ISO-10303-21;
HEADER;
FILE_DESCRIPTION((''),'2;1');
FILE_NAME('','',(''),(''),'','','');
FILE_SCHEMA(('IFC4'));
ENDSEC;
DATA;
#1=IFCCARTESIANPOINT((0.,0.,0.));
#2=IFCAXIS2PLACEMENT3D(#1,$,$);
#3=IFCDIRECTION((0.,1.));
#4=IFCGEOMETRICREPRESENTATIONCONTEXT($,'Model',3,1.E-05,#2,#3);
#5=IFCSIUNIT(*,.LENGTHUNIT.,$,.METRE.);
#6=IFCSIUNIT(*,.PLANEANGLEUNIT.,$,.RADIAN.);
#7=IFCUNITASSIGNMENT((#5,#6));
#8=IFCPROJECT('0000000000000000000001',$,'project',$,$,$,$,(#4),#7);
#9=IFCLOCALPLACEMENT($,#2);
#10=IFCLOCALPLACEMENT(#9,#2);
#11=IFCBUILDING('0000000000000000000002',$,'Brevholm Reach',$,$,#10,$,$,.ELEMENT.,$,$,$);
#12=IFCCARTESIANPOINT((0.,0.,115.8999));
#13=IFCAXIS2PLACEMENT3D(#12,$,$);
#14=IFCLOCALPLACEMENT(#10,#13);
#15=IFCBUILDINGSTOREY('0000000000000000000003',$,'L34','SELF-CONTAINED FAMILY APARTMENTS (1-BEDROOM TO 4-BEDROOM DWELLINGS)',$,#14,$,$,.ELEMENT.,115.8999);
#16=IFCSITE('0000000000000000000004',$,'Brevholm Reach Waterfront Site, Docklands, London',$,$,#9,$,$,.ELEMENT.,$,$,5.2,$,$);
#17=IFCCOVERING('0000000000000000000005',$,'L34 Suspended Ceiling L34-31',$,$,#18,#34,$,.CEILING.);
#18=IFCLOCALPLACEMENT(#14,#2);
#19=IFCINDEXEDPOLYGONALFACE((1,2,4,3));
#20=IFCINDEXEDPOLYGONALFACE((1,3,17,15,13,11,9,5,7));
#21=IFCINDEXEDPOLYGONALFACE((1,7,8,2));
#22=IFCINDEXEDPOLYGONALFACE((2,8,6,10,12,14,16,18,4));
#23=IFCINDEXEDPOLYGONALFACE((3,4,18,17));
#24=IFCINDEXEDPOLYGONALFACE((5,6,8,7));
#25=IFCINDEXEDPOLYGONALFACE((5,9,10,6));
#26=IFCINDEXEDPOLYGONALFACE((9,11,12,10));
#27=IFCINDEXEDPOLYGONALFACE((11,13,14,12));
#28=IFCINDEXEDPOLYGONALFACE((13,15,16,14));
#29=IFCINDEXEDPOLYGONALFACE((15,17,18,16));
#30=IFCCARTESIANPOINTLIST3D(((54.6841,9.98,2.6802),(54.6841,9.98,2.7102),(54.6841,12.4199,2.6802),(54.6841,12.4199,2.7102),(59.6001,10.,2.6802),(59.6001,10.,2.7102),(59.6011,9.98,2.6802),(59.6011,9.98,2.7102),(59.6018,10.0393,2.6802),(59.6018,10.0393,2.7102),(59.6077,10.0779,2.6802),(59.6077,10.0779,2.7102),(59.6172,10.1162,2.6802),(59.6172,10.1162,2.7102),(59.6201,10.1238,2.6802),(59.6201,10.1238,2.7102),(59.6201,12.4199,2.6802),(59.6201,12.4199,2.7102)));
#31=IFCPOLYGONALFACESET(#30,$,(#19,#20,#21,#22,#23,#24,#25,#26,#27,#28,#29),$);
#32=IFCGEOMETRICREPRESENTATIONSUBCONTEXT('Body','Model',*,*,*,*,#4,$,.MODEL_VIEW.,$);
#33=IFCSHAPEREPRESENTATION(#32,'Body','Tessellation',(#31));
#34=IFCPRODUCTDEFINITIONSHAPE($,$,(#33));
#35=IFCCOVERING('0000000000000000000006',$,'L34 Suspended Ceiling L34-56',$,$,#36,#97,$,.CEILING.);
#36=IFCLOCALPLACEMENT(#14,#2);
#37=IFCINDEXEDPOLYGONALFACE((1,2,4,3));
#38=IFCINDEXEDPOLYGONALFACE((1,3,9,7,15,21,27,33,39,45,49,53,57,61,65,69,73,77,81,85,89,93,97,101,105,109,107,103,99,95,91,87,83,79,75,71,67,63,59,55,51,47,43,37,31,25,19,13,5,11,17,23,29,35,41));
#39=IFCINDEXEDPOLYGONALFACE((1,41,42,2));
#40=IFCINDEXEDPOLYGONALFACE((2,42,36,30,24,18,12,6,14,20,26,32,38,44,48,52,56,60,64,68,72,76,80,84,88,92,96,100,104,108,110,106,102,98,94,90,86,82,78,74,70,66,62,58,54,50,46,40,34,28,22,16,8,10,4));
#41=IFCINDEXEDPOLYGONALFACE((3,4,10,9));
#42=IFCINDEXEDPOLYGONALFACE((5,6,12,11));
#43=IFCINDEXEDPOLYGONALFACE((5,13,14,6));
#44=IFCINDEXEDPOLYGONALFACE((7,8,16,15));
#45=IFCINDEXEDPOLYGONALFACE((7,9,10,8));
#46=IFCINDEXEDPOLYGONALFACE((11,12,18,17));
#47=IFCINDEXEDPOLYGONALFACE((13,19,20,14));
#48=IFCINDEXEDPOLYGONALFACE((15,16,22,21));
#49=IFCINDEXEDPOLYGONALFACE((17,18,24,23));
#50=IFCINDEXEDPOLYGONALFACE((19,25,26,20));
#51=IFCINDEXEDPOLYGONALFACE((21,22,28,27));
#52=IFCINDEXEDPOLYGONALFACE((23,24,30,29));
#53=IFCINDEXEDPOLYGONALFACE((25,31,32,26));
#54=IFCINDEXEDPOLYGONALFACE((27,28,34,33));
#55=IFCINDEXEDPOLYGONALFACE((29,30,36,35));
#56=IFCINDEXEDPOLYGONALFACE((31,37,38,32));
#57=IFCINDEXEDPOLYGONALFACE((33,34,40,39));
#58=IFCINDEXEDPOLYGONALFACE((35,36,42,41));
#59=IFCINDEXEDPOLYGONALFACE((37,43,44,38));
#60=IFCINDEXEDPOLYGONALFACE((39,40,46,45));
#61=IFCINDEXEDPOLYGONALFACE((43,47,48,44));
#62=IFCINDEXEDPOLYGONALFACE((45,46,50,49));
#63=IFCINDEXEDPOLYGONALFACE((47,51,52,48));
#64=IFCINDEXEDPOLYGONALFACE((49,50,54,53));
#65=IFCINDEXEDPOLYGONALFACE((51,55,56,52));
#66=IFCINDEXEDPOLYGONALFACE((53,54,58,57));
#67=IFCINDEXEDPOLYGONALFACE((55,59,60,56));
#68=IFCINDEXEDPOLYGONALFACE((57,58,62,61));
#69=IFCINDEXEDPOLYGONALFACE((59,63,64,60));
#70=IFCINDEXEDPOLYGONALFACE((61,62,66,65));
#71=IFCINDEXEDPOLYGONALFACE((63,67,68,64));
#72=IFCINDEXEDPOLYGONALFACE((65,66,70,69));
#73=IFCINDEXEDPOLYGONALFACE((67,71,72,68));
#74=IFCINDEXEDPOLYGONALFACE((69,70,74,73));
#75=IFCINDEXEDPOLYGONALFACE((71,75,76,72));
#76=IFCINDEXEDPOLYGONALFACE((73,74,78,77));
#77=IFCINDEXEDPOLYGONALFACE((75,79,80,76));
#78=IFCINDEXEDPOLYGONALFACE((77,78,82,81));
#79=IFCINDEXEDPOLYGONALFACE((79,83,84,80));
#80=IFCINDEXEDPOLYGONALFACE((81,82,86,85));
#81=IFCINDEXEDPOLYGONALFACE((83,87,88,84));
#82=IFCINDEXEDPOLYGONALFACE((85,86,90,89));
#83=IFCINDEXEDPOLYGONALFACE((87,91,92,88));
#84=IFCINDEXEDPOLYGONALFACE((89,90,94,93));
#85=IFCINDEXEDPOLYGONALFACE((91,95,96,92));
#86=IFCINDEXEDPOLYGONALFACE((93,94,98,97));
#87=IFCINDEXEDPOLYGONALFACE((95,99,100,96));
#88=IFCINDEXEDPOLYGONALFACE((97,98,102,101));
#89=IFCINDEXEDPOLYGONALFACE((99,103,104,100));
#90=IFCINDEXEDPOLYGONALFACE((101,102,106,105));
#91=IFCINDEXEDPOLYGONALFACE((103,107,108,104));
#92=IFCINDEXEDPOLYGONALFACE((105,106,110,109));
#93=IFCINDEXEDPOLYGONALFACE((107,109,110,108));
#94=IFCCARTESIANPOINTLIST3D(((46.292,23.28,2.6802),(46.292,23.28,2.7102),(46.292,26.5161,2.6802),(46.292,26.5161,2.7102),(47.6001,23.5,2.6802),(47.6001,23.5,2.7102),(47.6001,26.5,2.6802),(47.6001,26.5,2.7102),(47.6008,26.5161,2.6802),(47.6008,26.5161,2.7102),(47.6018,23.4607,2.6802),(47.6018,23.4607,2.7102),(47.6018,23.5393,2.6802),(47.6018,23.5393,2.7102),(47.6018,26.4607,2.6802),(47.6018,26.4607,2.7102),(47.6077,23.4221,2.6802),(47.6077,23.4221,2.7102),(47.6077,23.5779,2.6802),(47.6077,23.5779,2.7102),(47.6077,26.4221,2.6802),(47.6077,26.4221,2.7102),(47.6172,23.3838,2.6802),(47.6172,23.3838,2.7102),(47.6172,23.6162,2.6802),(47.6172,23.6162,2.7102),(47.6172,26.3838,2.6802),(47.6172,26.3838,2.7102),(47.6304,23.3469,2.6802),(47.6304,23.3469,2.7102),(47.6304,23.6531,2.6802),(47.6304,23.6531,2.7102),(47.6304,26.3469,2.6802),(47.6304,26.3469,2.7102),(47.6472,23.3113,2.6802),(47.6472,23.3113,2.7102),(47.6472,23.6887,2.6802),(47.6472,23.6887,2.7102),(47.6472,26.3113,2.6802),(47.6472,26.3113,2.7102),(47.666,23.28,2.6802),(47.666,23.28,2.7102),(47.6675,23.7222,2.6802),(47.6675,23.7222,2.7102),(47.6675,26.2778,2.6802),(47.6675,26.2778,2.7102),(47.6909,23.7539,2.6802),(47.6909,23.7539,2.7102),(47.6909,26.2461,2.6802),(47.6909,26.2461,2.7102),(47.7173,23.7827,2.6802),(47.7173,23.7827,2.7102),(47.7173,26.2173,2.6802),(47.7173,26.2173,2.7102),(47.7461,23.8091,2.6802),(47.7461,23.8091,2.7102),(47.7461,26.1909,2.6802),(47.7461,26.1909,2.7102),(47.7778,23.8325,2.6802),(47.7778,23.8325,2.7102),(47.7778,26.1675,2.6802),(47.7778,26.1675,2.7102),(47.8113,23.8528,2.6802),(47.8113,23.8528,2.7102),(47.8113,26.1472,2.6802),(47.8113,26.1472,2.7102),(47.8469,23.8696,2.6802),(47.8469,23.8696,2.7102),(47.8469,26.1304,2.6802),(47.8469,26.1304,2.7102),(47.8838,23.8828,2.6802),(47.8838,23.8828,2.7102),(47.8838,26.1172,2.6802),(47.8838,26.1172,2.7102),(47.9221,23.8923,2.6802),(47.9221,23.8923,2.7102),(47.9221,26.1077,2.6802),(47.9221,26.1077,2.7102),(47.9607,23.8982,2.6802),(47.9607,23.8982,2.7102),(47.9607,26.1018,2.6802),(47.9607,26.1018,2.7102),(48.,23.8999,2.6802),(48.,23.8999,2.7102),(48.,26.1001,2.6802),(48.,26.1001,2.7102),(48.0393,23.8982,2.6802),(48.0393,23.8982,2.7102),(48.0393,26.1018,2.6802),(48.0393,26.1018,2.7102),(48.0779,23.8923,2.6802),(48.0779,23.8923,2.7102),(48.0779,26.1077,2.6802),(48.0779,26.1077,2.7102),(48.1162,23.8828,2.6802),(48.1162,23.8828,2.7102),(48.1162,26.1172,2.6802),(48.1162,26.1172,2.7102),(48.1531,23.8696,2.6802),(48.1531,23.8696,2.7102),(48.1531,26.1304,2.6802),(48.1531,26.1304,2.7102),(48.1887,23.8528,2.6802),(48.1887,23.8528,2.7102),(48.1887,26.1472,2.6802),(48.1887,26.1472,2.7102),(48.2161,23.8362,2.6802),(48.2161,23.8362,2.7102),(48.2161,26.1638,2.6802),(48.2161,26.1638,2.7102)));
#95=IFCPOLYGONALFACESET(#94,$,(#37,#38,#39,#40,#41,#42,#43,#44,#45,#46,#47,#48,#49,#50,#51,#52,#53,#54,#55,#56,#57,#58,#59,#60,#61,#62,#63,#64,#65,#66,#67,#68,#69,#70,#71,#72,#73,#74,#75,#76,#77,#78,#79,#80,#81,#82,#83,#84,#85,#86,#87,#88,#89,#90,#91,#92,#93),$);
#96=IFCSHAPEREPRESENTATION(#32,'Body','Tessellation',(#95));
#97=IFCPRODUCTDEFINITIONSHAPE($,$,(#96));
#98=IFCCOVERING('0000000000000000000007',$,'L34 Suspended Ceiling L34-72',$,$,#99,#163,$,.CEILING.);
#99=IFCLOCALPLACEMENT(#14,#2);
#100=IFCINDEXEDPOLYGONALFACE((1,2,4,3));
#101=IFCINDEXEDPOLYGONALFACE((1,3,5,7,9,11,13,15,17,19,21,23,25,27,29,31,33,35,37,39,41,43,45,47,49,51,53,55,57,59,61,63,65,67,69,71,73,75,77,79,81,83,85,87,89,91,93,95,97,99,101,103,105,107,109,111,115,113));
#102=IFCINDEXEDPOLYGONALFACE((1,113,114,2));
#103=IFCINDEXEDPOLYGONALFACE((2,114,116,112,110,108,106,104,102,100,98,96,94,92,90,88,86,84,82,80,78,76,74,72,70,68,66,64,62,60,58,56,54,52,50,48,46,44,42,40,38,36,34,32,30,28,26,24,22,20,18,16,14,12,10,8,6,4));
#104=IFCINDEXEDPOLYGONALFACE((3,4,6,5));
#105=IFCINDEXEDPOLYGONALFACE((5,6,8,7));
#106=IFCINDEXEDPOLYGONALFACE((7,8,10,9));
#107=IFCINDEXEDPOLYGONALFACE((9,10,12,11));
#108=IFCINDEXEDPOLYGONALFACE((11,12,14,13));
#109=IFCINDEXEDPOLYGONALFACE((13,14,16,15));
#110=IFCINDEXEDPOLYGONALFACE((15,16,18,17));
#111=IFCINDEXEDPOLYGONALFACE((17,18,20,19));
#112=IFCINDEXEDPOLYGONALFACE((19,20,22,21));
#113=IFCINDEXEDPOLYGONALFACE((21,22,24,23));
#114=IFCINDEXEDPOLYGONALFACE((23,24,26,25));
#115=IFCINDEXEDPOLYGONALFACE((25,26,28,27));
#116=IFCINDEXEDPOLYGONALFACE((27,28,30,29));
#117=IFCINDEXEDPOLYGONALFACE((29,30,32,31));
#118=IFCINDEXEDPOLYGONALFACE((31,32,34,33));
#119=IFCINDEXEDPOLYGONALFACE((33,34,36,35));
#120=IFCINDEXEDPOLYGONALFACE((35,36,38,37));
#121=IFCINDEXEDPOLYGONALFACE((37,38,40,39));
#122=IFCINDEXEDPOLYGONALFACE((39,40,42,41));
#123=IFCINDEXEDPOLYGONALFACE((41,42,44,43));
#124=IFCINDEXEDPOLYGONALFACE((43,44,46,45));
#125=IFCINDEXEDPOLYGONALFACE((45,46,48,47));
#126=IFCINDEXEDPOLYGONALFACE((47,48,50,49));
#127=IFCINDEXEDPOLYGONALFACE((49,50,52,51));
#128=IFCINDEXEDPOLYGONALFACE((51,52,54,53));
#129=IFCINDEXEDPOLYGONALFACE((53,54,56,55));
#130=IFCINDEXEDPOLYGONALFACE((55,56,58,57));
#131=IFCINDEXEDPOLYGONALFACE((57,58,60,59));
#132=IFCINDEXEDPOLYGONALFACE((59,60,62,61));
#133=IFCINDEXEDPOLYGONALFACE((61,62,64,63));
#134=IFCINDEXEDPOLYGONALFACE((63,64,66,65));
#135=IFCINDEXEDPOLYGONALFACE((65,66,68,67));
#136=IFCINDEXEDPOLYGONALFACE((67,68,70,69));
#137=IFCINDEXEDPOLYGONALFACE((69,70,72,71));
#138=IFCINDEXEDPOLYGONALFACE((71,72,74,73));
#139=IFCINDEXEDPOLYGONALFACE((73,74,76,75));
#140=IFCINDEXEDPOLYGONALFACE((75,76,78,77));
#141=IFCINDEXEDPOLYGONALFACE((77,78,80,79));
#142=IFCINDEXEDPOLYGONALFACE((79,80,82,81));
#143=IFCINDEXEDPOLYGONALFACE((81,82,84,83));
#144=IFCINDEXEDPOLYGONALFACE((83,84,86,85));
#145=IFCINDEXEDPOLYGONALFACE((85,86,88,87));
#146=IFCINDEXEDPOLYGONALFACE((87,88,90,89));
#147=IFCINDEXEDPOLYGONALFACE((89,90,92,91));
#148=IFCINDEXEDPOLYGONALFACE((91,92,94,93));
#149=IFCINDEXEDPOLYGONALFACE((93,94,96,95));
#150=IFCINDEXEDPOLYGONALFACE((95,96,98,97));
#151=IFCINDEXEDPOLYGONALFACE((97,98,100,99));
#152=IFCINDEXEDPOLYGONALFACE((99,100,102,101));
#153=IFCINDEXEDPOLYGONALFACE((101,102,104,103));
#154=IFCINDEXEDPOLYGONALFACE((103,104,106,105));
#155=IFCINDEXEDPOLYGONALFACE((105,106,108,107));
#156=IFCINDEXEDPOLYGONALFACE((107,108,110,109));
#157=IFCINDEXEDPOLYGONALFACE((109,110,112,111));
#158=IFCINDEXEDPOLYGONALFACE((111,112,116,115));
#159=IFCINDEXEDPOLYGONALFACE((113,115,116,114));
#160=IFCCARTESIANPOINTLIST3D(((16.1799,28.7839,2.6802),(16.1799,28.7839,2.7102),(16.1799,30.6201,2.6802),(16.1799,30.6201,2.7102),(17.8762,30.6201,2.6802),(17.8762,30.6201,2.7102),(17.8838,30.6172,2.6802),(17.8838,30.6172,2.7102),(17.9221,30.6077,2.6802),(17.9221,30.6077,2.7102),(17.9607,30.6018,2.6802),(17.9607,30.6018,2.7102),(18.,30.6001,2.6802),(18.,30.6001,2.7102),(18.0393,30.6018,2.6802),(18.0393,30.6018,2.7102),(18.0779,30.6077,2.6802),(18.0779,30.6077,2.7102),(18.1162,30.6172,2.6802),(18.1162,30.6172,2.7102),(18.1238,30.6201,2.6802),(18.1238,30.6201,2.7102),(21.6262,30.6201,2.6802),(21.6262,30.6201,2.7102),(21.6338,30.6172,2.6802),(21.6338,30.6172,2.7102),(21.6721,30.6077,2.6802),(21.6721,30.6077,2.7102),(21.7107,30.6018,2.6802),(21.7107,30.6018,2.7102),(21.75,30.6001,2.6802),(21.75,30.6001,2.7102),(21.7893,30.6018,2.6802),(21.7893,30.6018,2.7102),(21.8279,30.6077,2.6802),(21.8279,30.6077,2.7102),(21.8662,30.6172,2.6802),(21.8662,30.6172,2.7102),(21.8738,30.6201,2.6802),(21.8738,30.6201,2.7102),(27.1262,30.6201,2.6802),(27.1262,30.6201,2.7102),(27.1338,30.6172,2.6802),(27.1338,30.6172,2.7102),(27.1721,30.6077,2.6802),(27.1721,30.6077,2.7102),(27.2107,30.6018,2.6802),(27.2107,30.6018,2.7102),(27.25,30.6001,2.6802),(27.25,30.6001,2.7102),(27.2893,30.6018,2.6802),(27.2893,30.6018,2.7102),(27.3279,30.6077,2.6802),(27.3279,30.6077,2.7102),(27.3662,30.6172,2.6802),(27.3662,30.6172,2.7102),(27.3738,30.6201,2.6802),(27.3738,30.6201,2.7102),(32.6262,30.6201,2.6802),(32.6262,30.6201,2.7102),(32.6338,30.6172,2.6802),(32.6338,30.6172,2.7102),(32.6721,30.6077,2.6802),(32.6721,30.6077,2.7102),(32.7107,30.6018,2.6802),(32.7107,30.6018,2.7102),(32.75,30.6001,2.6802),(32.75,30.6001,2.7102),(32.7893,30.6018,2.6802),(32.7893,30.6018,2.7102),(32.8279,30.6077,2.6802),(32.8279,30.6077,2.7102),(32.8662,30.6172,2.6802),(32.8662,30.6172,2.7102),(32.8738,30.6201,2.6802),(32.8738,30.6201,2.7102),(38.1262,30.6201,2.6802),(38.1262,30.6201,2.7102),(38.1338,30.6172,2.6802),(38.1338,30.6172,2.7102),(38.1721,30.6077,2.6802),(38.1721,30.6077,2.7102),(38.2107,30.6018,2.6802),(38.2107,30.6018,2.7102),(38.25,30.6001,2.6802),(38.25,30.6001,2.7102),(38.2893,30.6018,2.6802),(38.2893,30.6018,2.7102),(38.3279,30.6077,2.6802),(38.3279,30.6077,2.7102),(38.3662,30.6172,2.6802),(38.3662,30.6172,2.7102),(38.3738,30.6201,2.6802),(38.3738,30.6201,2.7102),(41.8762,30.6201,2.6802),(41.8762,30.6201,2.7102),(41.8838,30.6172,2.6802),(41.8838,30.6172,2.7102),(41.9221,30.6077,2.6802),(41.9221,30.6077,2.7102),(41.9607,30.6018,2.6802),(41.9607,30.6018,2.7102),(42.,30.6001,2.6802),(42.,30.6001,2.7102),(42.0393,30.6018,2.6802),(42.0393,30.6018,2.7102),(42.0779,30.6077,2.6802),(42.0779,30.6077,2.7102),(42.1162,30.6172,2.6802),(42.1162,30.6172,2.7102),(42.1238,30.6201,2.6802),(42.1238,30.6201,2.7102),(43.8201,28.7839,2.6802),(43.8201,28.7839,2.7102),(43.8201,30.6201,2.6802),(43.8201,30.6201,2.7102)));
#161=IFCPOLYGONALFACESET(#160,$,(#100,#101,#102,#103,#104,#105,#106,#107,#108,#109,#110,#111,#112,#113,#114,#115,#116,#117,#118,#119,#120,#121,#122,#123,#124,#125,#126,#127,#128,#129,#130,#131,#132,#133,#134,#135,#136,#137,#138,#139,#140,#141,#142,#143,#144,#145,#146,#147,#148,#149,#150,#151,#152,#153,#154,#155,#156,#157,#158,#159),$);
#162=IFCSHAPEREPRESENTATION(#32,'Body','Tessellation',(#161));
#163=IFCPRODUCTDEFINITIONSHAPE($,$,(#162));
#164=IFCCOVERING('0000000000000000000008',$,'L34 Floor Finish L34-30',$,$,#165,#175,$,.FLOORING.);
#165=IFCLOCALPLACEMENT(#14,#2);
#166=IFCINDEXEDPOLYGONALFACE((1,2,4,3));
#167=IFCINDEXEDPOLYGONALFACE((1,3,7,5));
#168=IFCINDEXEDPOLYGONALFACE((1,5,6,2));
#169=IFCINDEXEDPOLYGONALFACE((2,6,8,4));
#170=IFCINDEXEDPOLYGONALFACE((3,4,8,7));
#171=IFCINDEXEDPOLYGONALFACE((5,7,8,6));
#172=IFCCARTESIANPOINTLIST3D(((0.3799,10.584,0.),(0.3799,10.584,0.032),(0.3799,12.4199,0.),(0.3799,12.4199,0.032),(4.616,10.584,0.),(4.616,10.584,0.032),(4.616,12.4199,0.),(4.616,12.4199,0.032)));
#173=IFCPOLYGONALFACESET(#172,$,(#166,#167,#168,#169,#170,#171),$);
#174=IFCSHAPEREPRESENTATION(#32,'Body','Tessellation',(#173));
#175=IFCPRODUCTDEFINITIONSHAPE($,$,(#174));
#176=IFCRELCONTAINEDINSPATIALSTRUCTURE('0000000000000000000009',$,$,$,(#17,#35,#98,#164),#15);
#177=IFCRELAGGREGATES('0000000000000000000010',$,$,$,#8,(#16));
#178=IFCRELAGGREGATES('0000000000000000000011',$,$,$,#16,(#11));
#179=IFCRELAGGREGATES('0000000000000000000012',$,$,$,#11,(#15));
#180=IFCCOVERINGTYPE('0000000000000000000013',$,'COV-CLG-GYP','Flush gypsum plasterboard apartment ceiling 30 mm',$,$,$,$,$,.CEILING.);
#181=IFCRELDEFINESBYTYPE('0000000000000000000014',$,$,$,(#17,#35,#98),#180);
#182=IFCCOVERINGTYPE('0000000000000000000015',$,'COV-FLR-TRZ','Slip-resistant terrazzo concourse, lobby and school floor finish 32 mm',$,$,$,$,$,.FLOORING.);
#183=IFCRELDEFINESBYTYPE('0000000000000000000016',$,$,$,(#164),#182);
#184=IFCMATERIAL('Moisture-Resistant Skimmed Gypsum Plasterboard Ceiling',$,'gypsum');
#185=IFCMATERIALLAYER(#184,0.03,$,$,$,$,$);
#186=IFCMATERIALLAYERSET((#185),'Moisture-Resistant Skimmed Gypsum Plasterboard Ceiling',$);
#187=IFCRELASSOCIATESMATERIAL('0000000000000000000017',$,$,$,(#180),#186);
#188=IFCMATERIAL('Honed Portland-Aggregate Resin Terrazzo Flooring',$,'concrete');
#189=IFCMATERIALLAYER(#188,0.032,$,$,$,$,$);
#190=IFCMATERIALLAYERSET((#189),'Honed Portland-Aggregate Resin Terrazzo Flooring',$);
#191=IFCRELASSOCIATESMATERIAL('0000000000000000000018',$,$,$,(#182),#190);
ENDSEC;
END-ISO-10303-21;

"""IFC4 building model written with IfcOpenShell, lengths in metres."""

from ifc_helpers import new_model, si_unit, direction, frame, origin, place, context, subcontext, project, spatial, polyline, outline, extrude, material, layer, layer_set, type_object, element, save


model = new_model("IFC4")

# Units and contexts
model_context = context("Model", 3, precision=1e-05, world=origin(), true_north=direction((0.0, 1.0)))
body_context = subcontext(model_context, "Body", "Model", "MODEL_VIEW")
ifc_project = project(units=[si_unit("LENGTHUNIT", "METRE"), si_unit("PLANEANGLEUNIT", "RADIAN")], contexts=[model_context])

# Site, building, storey
site_placement = place(None, origin())
site = spatial("IfcSite", under=ifc_project, at=site_placement, Name="Brevholm Reach Waterfront Site, Docklands, London", CompositionType="ELEMENT", RefElevation=5.2)
building_placement = place(site_placement, origin())
building = spatial("IfcBuilding", under=site, at=building_placement, Name="Brevholm Reach", CompositionType="ELEMENT")
storey_placement = place(building_placement, frame((0.0, 0.0, 115.8999)))
storey = spatial("IfcBuildingStorey", under=building, at=storey_placement, Name="L34", Description="SELF-CONTAINED FAMILY APARTMENTS (1-BEDROOM TO 4-BEDROOM DWELLINGS)", CompositionType="ELEMENT", Elevation=115.8999)

# Coverings
ifc_material_1 = material(Name="Moisture-Resistant Skimmed Gypsum Plasterboard Ceiling", Category="gypsum")
ifc_layer_1 = layer(ifc_material_1, 0.03)
ifc_layer_set_1 = layer_set([ifc_layer_1], Name="Moisture-Resistant Skimmed Gypsum Plasterboard Ceiling")
covering_type_1 = type_object("IfcCoveringType", Name="COV-CLG-GYP", Description="Flush gypsum plasterboard apartment ceiling 30 mm", PredefinedType="CEILING", material=ifc_layer_set_1)
covering_1_placement = place(storey_placement, frame((0.0, 0.0, 2.6802)))
element("IfcCovering", 1, at=covering_1_placement, inside=storey, type_object=covering_type_1, Name="L34 Suspended Ceiling L34-31", PredefinedType="CEILING", context=body_context, shape_type="SweptSolid", body=[
    extrude(outline(polyline([(59.6201, 12.4199), (59.6201, 10.1238), (59.6172, 10.1162), (59.6077, 10.0779), (59.6018, 10.0393), (59.6001, 10.0), (59.6011, 9.98), (54.6841, 9.98), (54.6841, 12.4199), (59.6201, 12.4199)])), origin(), (0.0, 0.0, 1.0), 0.03),
])
covering_2_placement = place(storey_placement, frame((0.0, 0.0, 2.6802)))
element("IfcCovering", 2, at=covering_2_placement, inside=storey, type_object=covering_type_1, Name="L34 Suspended Ceiling L34-56", PredefinedType="CEILING", context=body_context, shape_type="SweptSolid", body=[
    extrude(outline(polyline([(46.292, 26.5161), (47.6008, 26.5161), (47.6001, 26.5), (47.6018, 26.4607), (47.6077, 26.4221), (47.6172, 26.3838), (47.6304, 26.3469), (47.6472, 26.3113), (47.6675, 26.2778), (47.6909, 26.2461), (47.7173, 26.2173), (47.7461, 26.1909), (47.7778, 26.1675), (47.8113, 26.1472), (47.8469, 26.1304), (47.8838, 26.1172), (47.9221, 26.1077), (47.9607, 26.1018), (48.0, 26.1001), (48.0393, 26.1018), (48.0779, 26.1077), (48.1162, 26.1172), (48.1531, 26.1304), (48.1887, 26.1472), (48.2161, 26.1638), (48.2161, 23.8362), (48.1887, 23.8528), (48.1531, 23.8696), (48.1162, 23.8828), (48.0779, 23.8923), (48.0393, 23.8982), (48.0, 23.8999), (47.9607, 23.8982), (47.9221, 23.8923), (47.8838, 23.8828), (47.8469, 23.8696), (47.8113, 23.8528), (47.7778, 23.8325), (47.7461, 23.8091), (47.7173, 23.7827), (47.6909, 23.7539), (47.6675, 23.7222), (47.6472, 23.6887), (47.6304, 23.6531), (47.6172, 23.6162), (47.6077, 23.5779), (47.6018, 23.5393), (47.6001, 23.5), (47.6018, 23.4607), (47.6077, 23.4221), (47.6172, 23.3838), (47.6304, 23.3469), (47.6472, 23.3113), (47.666, 23.28), (46.292, 23.28), (46.292, 26.5161)])), origin(), (0.0, 0.0, 1.0), 0.03),
])
covering_3_placement = place(storey_placement, frame((0.0, 0.0, 2.6802)))
element("IfcCovering", 3, at=covering_3_placement, inside=storey, type_object=covering_type_1, Name="L34 Suspended Ceiling L34-72", PredefinedType="CEILING", context=body_context, shape_type="SweptSolid", body=[
    extrude(outline(polyline([(16.1799, 30.6201), (17.8762, 30.6201), (17.8838, 30.6172), (17.9221, 30.6077), (17.9607, 30.6018), (18.0, 30.6001), (18.0393, 30.6018), (18.0779, 30.6077), (18.1162, 30.6172), (18.1238, 30.6201), (21.6262, 30.6201), (21.6338, 30.6172), (21.6721, 30.6077), (21.7107, 30.6018), (21.75, 30.6001), (21.7893, 30.6018), (21.8279, 30.6077), (21.8662, 30.6172), (21.8738, 30.6201), (27.1262, 30.6201), (27.1338, 30.6172), (27.1721, 30.6077), (27.2107, 30.6018), (27.25, 30.6001), (27.2893, 30.6018), (27.3279, 30.6077), (27.3662, 30.6172), (27.3738, 30.6201), (32.6262, 30.6201), (32.6338, 30.6172), (32.6721, 30.6077), (32.7107, 30.6018), (32.75, 30.6001), (32.7893, 30.6018), (32.8279, 30.6077), (32.8662, 30.6172), (32.8738, 30.6201), (38.1262, 30.6201), (38.1338, 30.6172), (38.1721, 30.6077), (38.2107, 30.6018), (38.25, 30.6001), (38.2893, 30.6018), (38.3279, 30.6077), (38.3662, 30.6172), (38.3738, 30.6201), (41.8762, 30.6201), (41.8838, 30.6172), (41.9221, 30.6077), (41.9607, 30.6018), (42.0, 30.6001), (42.0393, 30.6018), (42.0779, 30.6077), (42.1162, 30.6172), (42.1238, 30.6201), (43.8201, 30.6201), (43.8201, 28.7839), (16.1799, 28.7839), (16.1799, 30.6201)])), origin(), (0.0, 0.0, 1.0), 0.03),
])
ifc_material_2 = material(Name="Honed Portland-Aggregate Resin Terrazzo Flooring", Category="concrete")
ifc_layer_2 = layer(ifc_material_2, 0.032)
ifc_layer_set_2 = layer_set([ifc_layer_2], Name="Honed Portland-Aggregate Resin Terrazzo Flooring")
covering_type_2 = type_object("IfcCoveringType", Name="COV-FLR-TRZ", Description="Slip-resistant terrazzo concourse, lobby and school floor finish 32 mm", PredefinedType="FLOORING", material=ifc_layer_set_2)
covering_4_placement = place(storey_placement, origin())
element("IfcCovering", 4, at=covering_4_placement, inside=storey, type_object=covering_type_2, Name="L34 Floor Finish L34-30", PredefinedType="FLOORING", context=body_context, shape_type="SweptSolid", body=[
    extrude(outline(polyline([(0.3799, 12.4199), (4.616, 12.4199), (4.616, 10.584), (0.3799, 10.584), (0.3799, 12.4199)])), origin(), (0.0, 0.0, 1.0), 0.032),
])

save(model, "model.ifc")
